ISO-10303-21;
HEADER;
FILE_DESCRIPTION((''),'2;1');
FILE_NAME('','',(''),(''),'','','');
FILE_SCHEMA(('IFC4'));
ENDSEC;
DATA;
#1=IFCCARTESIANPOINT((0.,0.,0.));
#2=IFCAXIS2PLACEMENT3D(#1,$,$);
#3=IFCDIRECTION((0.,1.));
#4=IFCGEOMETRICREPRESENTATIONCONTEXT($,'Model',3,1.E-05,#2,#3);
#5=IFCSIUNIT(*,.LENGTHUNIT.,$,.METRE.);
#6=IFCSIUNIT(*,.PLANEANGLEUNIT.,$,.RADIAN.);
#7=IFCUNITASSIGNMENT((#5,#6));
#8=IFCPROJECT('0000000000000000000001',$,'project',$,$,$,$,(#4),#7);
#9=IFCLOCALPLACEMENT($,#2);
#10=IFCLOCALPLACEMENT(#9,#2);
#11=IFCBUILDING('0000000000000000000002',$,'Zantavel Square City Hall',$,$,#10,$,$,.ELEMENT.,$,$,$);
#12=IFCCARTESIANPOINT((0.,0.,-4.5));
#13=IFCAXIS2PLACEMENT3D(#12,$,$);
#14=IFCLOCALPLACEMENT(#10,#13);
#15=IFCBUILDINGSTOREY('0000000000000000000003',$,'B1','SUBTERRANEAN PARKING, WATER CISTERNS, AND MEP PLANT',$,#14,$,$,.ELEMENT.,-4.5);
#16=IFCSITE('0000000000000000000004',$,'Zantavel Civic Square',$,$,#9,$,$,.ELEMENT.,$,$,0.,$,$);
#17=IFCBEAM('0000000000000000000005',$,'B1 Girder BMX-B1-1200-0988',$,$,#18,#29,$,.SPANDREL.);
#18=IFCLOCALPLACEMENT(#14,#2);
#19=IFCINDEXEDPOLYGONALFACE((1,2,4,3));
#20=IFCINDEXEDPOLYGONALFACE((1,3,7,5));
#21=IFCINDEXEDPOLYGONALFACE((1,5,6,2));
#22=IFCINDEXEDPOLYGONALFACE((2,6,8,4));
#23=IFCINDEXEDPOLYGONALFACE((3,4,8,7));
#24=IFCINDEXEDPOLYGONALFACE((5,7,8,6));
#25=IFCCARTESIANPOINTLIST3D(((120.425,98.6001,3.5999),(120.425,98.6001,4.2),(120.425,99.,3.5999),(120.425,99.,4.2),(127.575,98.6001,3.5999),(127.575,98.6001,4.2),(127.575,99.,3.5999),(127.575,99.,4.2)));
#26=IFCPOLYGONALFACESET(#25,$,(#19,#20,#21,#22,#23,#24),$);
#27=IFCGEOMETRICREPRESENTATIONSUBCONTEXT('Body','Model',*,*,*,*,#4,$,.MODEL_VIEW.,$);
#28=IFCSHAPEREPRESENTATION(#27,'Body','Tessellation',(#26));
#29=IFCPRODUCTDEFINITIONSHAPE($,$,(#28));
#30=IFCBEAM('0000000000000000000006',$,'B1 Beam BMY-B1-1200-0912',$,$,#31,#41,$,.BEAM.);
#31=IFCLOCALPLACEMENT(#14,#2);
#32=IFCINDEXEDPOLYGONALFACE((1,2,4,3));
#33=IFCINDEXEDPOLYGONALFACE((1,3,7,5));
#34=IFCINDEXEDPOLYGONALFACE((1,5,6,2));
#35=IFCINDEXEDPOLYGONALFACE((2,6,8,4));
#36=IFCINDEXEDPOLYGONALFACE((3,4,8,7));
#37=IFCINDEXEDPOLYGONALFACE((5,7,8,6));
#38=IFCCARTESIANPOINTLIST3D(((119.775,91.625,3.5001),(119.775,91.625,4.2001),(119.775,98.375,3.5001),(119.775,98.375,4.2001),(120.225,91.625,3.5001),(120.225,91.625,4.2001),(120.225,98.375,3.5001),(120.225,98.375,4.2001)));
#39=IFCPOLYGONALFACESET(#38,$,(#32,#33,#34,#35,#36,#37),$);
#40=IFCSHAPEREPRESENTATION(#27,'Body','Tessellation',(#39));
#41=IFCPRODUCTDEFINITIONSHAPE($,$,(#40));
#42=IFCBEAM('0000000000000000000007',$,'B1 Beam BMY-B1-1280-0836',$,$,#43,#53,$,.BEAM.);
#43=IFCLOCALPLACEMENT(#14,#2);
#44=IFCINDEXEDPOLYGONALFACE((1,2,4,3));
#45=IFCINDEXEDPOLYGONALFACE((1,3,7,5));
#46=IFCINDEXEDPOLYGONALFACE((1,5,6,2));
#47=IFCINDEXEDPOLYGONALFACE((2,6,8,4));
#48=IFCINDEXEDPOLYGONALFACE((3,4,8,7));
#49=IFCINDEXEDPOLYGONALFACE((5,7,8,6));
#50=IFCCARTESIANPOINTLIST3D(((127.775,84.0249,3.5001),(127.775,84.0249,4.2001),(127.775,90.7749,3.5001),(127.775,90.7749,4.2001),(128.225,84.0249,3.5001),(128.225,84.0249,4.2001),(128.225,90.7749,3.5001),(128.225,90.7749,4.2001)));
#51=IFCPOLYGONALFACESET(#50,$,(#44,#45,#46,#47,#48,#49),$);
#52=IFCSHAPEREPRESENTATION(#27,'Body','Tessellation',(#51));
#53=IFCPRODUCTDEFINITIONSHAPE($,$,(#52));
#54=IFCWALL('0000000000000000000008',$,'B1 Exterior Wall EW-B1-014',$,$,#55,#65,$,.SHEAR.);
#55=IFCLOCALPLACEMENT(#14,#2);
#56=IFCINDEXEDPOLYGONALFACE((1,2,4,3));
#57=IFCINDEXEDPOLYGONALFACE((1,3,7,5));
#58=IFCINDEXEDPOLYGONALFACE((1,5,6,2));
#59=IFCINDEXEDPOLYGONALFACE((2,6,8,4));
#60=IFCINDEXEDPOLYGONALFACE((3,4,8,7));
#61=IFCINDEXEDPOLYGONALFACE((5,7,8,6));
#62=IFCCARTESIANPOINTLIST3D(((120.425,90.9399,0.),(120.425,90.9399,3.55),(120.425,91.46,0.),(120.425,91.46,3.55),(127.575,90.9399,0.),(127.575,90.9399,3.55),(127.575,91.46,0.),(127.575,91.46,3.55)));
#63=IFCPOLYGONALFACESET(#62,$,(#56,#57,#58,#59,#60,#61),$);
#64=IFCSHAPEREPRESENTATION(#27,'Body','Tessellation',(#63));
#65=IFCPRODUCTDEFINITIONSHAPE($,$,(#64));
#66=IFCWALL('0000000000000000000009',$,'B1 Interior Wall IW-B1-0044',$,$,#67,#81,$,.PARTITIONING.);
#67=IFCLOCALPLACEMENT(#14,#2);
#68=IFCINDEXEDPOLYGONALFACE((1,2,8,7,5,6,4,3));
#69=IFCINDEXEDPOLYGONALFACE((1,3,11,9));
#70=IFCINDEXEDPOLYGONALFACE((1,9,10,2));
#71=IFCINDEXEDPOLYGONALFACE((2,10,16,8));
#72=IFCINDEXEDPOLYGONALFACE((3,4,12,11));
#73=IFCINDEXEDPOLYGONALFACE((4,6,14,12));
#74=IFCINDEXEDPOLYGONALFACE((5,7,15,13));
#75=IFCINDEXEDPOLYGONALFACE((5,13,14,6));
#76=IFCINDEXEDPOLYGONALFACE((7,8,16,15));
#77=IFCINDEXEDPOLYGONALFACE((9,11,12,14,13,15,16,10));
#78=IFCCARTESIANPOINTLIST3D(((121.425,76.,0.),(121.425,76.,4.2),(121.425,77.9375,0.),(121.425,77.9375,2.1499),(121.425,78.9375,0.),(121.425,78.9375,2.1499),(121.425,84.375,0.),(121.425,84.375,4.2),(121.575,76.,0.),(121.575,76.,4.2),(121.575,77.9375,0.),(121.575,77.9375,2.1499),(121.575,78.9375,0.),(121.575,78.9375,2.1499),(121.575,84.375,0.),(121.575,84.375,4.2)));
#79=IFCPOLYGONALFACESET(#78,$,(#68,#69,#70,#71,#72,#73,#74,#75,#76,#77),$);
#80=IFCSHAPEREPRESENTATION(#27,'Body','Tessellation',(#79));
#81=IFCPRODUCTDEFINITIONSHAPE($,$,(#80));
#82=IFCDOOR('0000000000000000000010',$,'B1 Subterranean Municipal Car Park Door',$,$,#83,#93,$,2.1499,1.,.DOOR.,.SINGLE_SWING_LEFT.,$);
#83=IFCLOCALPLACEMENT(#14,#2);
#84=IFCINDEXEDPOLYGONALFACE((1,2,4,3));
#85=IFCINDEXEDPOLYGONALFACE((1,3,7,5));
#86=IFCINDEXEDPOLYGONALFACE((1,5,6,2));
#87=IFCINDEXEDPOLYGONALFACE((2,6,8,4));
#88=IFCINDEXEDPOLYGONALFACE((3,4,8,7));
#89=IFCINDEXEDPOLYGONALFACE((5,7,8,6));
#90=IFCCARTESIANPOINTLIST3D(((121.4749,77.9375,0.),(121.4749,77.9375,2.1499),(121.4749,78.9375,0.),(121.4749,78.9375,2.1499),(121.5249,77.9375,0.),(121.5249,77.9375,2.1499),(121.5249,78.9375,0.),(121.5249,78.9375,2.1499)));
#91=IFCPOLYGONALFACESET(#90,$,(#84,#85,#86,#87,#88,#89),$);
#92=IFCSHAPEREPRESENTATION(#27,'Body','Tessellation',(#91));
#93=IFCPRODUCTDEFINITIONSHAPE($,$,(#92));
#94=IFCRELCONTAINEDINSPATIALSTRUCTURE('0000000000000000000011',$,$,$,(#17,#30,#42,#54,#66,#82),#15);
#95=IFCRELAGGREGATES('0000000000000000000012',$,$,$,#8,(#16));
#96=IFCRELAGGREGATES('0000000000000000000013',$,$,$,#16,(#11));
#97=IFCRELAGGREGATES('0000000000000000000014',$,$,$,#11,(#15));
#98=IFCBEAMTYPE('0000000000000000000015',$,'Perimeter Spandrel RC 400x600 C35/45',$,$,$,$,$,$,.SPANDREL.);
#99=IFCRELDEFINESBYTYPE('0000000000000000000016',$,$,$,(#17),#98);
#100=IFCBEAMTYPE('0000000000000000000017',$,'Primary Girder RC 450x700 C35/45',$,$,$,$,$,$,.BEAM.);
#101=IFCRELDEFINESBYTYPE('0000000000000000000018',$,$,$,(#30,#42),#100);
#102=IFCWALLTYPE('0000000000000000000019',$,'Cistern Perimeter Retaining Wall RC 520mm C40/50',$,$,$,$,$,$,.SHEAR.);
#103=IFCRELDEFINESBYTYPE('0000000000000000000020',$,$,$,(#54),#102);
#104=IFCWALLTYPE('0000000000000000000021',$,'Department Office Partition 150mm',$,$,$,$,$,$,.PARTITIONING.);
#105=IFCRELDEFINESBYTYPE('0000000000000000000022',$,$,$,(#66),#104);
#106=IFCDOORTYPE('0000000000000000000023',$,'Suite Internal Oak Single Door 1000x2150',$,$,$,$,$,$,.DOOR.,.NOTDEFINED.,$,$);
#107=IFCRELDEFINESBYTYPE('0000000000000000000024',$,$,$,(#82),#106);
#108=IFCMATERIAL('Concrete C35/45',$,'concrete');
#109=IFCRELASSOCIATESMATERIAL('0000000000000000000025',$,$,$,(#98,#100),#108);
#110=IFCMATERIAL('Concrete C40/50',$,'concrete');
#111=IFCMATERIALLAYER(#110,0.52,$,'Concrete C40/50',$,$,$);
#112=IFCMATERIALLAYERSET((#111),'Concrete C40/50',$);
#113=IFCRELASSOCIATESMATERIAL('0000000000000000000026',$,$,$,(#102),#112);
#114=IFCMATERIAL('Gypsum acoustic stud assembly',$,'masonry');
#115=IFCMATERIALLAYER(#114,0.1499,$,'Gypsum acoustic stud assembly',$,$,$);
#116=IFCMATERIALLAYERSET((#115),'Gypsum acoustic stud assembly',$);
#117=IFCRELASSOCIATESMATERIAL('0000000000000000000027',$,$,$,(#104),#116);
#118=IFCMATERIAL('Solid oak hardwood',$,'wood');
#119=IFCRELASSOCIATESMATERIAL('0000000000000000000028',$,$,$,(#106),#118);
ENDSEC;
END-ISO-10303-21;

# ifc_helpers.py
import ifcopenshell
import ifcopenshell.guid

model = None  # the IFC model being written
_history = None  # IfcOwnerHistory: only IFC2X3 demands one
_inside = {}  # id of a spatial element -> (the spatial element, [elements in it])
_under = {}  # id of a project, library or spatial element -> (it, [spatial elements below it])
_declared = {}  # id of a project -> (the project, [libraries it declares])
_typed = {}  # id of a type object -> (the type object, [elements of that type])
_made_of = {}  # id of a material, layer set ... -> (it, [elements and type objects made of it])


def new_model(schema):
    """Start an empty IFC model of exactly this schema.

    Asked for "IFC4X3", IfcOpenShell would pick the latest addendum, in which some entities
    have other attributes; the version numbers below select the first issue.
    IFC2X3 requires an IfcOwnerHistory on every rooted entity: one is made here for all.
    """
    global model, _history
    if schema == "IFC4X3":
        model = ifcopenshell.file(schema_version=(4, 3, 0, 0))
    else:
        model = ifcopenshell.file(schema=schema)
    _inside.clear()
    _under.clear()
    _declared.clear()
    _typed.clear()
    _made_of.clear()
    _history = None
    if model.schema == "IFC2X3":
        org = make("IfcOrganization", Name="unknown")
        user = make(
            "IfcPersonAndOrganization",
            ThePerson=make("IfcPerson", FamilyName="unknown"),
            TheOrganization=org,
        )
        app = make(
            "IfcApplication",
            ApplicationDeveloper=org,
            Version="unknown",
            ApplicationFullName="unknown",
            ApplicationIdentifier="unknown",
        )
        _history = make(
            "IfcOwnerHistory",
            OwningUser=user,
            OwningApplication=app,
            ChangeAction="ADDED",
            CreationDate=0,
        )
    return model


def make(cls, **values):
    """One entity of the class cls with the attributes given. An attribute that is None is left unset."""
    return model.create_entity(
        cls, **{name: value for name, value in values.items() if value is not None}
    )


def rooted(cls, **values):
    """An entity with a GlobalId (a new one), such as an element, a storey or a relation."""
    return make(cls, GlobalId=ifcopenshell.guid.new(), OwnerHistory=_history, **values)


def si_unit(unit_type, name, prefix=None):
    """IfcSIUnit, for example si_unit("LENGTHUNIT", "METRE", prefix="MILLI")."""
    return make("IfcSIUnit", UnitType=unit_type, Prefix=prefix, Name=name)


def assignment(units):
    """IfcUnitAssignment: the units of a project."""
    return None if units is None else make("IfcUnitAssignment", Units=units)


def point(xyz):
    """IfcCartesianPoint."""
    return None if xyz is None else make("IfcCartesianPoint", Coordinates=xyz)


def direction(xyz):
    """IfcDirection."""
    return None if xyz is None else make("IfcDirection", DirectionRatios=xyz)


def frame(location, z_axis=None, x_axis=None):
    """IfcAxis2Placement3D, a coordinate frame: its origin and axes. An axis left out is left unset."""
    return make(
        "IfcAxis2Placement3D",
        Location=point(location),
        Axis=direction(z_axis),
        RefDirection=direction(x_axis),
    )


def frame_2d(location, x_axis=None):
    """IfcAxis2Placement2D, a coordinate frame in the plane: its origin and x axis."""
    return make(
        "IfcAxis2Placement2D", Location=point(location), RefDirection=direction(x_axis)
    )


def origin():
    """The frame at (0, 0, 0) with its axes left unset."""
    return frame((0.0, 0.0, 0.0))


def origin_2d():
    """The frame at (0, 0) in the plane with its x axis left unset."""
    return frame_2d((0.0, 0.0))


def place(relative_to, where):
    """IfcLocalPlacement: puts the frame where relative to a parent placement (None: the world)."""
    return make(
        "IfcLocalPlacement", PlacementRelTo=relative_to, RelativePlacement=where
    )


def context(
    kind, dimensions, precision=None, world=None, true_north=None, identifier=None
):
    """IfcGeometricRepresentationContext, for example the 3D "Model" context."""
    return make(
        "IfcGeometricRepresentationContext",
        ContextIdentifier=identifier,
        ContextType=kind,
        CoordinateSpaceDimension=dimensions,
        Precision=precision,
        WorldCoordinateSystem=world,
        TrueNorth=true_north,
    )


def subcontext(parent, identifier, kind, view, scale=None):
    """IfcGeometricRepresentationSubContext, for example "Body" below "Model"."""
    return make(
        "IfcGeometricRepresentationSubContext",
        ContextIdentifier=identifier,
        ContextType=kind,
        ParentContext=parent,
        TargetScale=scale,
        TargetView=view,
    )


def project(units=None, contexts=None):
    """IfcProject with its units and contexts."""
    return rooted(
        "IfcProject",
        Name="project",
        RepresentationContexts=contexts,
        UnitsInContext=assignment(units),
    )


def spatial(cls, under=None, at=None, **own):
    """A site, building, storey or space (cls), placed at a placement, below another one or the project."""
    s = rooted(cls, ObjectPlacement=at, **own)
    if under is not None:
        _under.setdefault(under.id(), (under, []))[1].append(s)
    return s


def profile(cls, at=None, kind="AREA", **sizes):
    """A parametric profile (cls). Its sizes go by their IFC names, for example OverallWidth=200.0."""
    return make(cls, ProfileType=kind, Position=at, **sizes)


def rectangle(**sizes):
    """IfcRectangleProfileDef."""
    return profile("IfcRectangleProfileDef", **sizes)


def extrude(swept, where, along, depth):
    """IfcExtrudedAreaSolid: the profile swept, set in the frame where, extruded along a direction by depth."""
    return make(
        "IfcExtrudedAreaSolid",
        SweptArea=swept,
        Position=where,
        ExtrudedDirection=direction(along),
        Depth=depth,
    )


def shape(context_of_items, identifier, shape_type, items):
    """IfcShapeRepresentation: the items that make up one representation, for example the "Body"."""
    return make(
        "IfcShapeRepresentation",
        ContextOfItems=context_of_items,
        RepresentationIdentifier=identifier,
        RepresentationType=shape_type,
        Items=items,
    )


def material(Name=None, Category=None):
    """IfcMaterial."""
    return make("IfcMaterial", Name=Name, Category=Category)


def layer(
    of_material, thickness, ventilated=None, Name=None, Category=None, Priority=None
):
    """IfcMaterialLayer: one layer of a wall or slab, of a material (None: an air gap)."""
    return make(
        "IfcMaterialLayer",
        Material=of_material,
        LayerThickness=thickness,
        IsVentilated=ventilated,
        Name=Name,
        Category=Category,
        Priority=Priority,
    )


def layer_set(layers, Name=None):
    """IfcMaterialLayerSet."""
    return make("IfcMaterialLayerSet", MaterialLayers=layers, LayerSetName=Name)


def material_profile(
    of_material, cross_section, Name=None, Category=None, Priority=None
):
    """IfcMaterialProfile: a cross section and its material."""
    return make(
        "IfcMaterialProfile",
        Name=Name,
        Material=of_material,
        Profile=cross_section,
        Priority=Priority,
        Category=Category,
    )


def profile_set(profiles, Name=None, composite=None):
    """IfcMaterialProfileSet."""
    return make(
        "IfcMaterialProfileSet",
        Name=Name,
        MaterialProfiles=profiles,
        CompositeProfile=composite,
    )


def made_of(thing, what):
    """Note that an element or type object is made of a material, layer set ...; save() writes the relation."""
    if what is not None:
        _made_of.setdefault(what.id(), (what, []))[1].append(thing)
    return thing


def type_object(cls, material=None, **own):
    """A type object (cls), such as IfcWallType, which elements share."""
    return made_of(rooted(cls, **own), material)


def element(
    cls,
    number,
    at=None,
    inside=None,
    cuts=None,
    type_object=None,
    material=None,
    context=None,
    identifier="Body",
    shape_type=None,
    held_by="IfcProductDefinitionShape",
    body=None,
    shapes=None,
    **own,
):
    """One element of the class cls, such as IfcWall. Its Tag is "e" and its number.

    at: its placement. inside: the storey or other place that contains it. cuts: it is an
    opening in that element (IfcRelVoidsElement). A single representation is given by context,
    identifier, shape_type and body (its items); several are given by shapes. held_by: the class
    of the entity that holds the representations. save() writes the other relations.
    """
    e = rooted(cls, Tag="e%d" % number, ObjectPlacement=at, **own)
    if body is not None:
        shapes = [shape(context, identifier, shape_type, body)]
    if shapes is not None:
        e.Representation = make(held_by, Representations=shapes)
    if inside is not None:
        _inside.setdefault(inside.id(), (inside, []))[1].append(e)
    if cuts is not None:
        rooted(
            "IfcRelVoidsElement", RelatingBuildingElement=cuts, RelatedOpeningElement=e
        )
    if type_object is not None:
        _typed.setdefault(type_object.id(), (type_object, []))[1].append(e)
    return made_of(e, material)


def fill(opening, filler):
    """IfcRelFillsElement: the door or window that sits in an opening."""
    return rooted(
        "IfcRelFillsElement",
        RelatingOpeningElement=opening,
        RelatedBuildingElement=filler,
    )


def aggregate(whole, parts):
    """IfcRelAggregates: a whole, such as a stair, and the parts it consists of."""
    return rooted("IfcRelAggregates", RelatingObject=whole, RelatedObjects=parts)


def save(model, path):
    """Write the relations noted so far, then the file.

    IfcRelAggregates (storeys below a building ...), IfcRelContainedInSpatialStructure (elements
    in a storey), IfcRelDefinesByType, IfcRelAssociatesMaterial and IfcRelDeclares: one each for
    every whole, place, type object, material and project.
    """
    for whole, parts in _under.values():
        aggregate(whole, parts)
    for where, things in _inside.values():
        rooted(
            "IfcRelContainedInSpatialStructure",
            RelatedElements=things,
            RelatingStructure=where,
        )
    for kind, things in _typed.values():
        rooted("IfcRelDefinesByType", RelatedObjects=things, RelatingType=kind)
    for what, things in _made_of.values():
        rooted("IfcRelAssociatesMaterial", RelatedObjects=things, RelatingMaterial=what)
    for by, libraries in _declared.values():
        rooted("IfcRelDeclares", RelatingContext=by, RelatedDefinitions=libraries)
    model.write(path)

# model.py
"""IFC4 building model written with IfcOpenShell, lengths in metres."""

from ifc_helpers import new_model, si_unit, direction, frame, frame_2d, origin, origin_2d, place, context, subcontext, project, spatial, rectangle, extrude, material, layer, layer_set, material_profile, profile_set, type_object, element, fill, save


model = new_model("IFC4")

# Units and contexts
model_context = context("Model", 3, precision=1e-05, world=origin(), true_north=direction((0.0, 1.0)))
body_context = subcontext(model_context, "Body", "Model", "MODEL_VIEW")
ifc_project = project(units=[si_unit("LENGTHUNIT", "METRE"), si_unit("PLANEANGLEUNIT", "RADIAN")], contexts=[model_context])

# Site, building, storey
site_placement = place(None, origin())
site = spatial("IfcSite", under=ifc_project, at=site_placement, Name="Zantavel Civic Square", CompositionType="ELEMENT", RefElevation=0.0)
building_placement = place(site_placement, origin())
building = spatial("IfcBuilding", under=site, at=building_placement, Name="Zantavel Square City Hall", CompositionType="ELEMENT")
storey_placement = place(building_placement, frame((0.0, 0.0, -4.5)))
storey = spatial("IfcBuildingStorey", under=building, at=storey_placement, Name="B1", Description="SUBTERRANEAN PARKING, WATER CISTERNS, AND MEP PLANT", CompositionType="ELEMENT", Elevation=-4.5)

# Shared definitions
ifc_material_1 = material(Name="Concrete C35/45", Category="concrete")

# Shared definitions
ifc_material_2 = material(Name="Concrete C40/50", Category="concrete")

# Beams
ifc_material_profile_1 = material_profile(ifc_material_1, rectangle(XDim=0.3999, YDim=0.6001, at=origin_2d()), Name="RC 400x600")
ifc_profile_set_1 = profile_set([ifc_material_profile_1], Name="Concrete C35/45")
beam_type_1 = type_object("IfcBeamType", Name="Perimeter Spandrel RC 400x600 C35/45", PredefinedType="SPANDREL", material=ifc_profile_set_1)
beam_1_placement = place(storey_placement, frame((120.425, 98.8, 3.8999), z_axis=(1.0, 0.0, 0.0), x_axis=(0.0, 1.0, 0.0)))
element("IfcBeam", 1, at=beam_1_placement, inside=storey, type_object=beam_type_1, Name="B1 Girder BMX-B1-1200-0988", PredefinedType="SPANDREL", context=body_context, shape_type="SweptSolid", body=[
    extrude(rectangle(XDim=0.3999, YDim=0.6001, at=origin_2d()), origin(), (0.0, 0.0, 1.0), 7.1499),
])
ifc_material_profile_2 = material_profile(ifc_material_1, rectangle(XDim=0.45, YDim=0.7, at=origin_2d()), Name="RC 450x700")
ifc_profile_set_2 = profile_set([ifc_material_profile_2], Name="Concrete C35/45")
beam_type_2 = type_object("IfcBeamType", Name="Primary Girder RC 450x700 C35/45", PredefinedType="BEAM", material=ifc_profile_set_2)
for number, where, z_axis, x_axis, name in (
    (2, (120.0, 91.625, 3.8501), (0.0, 1.0, 0.0), (-1.0, 0.0, 0.0), "B1 Beam BMY-B1-1200-0912"),
    (3, (128.0, 84.0249, 3.8501), (0.0, 1.0, 0.0), (-1.0, 0.0, 0.0), "B1 Beam BMY-B1-1280-0836"),
):
    element("IfcBeam", number, at=place(storey_placement, frame(where, z_axis=z_axis, x_axis=x_axis)), inside=storey, type_object=beam_type_2, Name=name, PredefinedType="BEAM", context=body_context, shape_type="SweptSolid", body=[
        extrude(rectangle(XDim=0.45, YDim=0.7, at=origin_2d()), origin(), (0.0, 0.0, 1.0), 6.75),
    ])

# Wall
ifc_layer_1 = layer(ifc_material_2, 0.52, Name="Concrete C40/50")
ifc_layer_set_1 = layer_set([ifc_layer_1], Name="Concrete C40/50")
wall_type_1 = type_object("IfcWallType", Name="Cistern Perimeter Retaining Wall RC 520mm C40/50", PredefinedType="SHEAR", material=ifc_layer_set_1)
wall_1_placement = place(storey_placement, frame((120.425, 91.2, 0.0), z_axis=(0.0, 0.0, 1.0), x_axis=(1.0, 0.0, 0.0)))
element("IfcWall", 4, at=wall_1_placement, inside=storey, type_object=wall_type_1, Name="B1 Exterior Wall EW-B1-014", PredefinedType="SHEAR", context=body_context, shape_type="SweptSolid", body=[
    extrude(rectangle(XDim=7.1499, YDim=0.52, at=frame_2d((3.575, 0.0))), origin(), (0.0, 0.0, 1.0), 3.55),
])

# Wall, opening, door
ifc_material_3 = material(Name="Gypsum acoustic stud assembly", Category="masonry")
ifc_layer_2 = layer(ifc_material_3, 0.1499, Name="Gypsum acoustic stud assembly")
ifc_layer_set_2 = layer_set([ifc_layer_2], Name="Gypsum acoustic stud assembly")
wall_type_2 = type_object("IfcWallType", Name="Department Office Partition 150mm", PredefinedType="PARTITIONING", material=ifc_layer_set_2)
wall_2_placement = place(storey_placement, frame((121.5, 84.375, 0.0), z_axis=(0.0, 0.0, 1.0), x_axis=(0.0, -1.0, 0.0)))
wall_2 = element("IfcWall", 5, at=wall_2_placement, inside=storey, type_object=wall_type_2, Name="B1 Interior Wall IW-B1-0044", PredefinedType="PARTITIONING", context=body_context, shape_type="SweptSolid", body=[
    extrude(rectangle(XDim=8.375, YDim=0.1499, at=frame_2d((4.1875, 0.0))), origin(), (0.0, 0.0, 1.0), 4.2),
])
opening_placement = place(wall_2_placement, frame((5.4375, 0.0, 0.0)))
opening = element("IfcOpeningElement", 6, at=opening_placement, cuts=wall_2, PredefinedType="OPENING", context=body_context, shape_type="SweptSolid", body=[
    extrude(rectangle(XDim=1.0, YDim=2.1499, at=frame_2d((0.5, 1.075))), frame((0.0, 0.085, 0.0), z_axis=(0.0, -1.0, 0.0), x_axis=(1.0, 0.0, 0.0)), (0.0, 0.0, 1.0), 0.1699),
])
ifc_material_4 = material(Name="Solid oak hardwood", Category="wood")
door_type = type_object("IfcDoorType", Name="Suite Internal Oak Single Door 1000x2150", OperationType="NOTDEFINED", PredefinedType="DOOR", material=ifc_material_4)
door_placement = place(opening_placement, origin())
door = element("IfcDoor", 7, at=door_placement, inside=storey, type_object=door_type, Name="B1 Subterranean Municipal Car Park Door", OperationType="SINGLE_SWING_LEFT", OverallHeight=2.1499, OverallWidth=1.0, PredefinedType="DOOR", context=body_context, shape_type="SweptSolid", body=[
    extrude(rectangle(XDim=1.0, YDim=2.1499, at=frame_2d((0.5, 1.075))), frame((0.0, 0.0249, 0.0), z_axis=(0.0, -1.0, 0.0), x_axis=(1.0, 0.0, 0.0)), (0.0, 0.0, 1.0), 0.05),
])
fill(opening, door)

save(model, "model.ifc")
